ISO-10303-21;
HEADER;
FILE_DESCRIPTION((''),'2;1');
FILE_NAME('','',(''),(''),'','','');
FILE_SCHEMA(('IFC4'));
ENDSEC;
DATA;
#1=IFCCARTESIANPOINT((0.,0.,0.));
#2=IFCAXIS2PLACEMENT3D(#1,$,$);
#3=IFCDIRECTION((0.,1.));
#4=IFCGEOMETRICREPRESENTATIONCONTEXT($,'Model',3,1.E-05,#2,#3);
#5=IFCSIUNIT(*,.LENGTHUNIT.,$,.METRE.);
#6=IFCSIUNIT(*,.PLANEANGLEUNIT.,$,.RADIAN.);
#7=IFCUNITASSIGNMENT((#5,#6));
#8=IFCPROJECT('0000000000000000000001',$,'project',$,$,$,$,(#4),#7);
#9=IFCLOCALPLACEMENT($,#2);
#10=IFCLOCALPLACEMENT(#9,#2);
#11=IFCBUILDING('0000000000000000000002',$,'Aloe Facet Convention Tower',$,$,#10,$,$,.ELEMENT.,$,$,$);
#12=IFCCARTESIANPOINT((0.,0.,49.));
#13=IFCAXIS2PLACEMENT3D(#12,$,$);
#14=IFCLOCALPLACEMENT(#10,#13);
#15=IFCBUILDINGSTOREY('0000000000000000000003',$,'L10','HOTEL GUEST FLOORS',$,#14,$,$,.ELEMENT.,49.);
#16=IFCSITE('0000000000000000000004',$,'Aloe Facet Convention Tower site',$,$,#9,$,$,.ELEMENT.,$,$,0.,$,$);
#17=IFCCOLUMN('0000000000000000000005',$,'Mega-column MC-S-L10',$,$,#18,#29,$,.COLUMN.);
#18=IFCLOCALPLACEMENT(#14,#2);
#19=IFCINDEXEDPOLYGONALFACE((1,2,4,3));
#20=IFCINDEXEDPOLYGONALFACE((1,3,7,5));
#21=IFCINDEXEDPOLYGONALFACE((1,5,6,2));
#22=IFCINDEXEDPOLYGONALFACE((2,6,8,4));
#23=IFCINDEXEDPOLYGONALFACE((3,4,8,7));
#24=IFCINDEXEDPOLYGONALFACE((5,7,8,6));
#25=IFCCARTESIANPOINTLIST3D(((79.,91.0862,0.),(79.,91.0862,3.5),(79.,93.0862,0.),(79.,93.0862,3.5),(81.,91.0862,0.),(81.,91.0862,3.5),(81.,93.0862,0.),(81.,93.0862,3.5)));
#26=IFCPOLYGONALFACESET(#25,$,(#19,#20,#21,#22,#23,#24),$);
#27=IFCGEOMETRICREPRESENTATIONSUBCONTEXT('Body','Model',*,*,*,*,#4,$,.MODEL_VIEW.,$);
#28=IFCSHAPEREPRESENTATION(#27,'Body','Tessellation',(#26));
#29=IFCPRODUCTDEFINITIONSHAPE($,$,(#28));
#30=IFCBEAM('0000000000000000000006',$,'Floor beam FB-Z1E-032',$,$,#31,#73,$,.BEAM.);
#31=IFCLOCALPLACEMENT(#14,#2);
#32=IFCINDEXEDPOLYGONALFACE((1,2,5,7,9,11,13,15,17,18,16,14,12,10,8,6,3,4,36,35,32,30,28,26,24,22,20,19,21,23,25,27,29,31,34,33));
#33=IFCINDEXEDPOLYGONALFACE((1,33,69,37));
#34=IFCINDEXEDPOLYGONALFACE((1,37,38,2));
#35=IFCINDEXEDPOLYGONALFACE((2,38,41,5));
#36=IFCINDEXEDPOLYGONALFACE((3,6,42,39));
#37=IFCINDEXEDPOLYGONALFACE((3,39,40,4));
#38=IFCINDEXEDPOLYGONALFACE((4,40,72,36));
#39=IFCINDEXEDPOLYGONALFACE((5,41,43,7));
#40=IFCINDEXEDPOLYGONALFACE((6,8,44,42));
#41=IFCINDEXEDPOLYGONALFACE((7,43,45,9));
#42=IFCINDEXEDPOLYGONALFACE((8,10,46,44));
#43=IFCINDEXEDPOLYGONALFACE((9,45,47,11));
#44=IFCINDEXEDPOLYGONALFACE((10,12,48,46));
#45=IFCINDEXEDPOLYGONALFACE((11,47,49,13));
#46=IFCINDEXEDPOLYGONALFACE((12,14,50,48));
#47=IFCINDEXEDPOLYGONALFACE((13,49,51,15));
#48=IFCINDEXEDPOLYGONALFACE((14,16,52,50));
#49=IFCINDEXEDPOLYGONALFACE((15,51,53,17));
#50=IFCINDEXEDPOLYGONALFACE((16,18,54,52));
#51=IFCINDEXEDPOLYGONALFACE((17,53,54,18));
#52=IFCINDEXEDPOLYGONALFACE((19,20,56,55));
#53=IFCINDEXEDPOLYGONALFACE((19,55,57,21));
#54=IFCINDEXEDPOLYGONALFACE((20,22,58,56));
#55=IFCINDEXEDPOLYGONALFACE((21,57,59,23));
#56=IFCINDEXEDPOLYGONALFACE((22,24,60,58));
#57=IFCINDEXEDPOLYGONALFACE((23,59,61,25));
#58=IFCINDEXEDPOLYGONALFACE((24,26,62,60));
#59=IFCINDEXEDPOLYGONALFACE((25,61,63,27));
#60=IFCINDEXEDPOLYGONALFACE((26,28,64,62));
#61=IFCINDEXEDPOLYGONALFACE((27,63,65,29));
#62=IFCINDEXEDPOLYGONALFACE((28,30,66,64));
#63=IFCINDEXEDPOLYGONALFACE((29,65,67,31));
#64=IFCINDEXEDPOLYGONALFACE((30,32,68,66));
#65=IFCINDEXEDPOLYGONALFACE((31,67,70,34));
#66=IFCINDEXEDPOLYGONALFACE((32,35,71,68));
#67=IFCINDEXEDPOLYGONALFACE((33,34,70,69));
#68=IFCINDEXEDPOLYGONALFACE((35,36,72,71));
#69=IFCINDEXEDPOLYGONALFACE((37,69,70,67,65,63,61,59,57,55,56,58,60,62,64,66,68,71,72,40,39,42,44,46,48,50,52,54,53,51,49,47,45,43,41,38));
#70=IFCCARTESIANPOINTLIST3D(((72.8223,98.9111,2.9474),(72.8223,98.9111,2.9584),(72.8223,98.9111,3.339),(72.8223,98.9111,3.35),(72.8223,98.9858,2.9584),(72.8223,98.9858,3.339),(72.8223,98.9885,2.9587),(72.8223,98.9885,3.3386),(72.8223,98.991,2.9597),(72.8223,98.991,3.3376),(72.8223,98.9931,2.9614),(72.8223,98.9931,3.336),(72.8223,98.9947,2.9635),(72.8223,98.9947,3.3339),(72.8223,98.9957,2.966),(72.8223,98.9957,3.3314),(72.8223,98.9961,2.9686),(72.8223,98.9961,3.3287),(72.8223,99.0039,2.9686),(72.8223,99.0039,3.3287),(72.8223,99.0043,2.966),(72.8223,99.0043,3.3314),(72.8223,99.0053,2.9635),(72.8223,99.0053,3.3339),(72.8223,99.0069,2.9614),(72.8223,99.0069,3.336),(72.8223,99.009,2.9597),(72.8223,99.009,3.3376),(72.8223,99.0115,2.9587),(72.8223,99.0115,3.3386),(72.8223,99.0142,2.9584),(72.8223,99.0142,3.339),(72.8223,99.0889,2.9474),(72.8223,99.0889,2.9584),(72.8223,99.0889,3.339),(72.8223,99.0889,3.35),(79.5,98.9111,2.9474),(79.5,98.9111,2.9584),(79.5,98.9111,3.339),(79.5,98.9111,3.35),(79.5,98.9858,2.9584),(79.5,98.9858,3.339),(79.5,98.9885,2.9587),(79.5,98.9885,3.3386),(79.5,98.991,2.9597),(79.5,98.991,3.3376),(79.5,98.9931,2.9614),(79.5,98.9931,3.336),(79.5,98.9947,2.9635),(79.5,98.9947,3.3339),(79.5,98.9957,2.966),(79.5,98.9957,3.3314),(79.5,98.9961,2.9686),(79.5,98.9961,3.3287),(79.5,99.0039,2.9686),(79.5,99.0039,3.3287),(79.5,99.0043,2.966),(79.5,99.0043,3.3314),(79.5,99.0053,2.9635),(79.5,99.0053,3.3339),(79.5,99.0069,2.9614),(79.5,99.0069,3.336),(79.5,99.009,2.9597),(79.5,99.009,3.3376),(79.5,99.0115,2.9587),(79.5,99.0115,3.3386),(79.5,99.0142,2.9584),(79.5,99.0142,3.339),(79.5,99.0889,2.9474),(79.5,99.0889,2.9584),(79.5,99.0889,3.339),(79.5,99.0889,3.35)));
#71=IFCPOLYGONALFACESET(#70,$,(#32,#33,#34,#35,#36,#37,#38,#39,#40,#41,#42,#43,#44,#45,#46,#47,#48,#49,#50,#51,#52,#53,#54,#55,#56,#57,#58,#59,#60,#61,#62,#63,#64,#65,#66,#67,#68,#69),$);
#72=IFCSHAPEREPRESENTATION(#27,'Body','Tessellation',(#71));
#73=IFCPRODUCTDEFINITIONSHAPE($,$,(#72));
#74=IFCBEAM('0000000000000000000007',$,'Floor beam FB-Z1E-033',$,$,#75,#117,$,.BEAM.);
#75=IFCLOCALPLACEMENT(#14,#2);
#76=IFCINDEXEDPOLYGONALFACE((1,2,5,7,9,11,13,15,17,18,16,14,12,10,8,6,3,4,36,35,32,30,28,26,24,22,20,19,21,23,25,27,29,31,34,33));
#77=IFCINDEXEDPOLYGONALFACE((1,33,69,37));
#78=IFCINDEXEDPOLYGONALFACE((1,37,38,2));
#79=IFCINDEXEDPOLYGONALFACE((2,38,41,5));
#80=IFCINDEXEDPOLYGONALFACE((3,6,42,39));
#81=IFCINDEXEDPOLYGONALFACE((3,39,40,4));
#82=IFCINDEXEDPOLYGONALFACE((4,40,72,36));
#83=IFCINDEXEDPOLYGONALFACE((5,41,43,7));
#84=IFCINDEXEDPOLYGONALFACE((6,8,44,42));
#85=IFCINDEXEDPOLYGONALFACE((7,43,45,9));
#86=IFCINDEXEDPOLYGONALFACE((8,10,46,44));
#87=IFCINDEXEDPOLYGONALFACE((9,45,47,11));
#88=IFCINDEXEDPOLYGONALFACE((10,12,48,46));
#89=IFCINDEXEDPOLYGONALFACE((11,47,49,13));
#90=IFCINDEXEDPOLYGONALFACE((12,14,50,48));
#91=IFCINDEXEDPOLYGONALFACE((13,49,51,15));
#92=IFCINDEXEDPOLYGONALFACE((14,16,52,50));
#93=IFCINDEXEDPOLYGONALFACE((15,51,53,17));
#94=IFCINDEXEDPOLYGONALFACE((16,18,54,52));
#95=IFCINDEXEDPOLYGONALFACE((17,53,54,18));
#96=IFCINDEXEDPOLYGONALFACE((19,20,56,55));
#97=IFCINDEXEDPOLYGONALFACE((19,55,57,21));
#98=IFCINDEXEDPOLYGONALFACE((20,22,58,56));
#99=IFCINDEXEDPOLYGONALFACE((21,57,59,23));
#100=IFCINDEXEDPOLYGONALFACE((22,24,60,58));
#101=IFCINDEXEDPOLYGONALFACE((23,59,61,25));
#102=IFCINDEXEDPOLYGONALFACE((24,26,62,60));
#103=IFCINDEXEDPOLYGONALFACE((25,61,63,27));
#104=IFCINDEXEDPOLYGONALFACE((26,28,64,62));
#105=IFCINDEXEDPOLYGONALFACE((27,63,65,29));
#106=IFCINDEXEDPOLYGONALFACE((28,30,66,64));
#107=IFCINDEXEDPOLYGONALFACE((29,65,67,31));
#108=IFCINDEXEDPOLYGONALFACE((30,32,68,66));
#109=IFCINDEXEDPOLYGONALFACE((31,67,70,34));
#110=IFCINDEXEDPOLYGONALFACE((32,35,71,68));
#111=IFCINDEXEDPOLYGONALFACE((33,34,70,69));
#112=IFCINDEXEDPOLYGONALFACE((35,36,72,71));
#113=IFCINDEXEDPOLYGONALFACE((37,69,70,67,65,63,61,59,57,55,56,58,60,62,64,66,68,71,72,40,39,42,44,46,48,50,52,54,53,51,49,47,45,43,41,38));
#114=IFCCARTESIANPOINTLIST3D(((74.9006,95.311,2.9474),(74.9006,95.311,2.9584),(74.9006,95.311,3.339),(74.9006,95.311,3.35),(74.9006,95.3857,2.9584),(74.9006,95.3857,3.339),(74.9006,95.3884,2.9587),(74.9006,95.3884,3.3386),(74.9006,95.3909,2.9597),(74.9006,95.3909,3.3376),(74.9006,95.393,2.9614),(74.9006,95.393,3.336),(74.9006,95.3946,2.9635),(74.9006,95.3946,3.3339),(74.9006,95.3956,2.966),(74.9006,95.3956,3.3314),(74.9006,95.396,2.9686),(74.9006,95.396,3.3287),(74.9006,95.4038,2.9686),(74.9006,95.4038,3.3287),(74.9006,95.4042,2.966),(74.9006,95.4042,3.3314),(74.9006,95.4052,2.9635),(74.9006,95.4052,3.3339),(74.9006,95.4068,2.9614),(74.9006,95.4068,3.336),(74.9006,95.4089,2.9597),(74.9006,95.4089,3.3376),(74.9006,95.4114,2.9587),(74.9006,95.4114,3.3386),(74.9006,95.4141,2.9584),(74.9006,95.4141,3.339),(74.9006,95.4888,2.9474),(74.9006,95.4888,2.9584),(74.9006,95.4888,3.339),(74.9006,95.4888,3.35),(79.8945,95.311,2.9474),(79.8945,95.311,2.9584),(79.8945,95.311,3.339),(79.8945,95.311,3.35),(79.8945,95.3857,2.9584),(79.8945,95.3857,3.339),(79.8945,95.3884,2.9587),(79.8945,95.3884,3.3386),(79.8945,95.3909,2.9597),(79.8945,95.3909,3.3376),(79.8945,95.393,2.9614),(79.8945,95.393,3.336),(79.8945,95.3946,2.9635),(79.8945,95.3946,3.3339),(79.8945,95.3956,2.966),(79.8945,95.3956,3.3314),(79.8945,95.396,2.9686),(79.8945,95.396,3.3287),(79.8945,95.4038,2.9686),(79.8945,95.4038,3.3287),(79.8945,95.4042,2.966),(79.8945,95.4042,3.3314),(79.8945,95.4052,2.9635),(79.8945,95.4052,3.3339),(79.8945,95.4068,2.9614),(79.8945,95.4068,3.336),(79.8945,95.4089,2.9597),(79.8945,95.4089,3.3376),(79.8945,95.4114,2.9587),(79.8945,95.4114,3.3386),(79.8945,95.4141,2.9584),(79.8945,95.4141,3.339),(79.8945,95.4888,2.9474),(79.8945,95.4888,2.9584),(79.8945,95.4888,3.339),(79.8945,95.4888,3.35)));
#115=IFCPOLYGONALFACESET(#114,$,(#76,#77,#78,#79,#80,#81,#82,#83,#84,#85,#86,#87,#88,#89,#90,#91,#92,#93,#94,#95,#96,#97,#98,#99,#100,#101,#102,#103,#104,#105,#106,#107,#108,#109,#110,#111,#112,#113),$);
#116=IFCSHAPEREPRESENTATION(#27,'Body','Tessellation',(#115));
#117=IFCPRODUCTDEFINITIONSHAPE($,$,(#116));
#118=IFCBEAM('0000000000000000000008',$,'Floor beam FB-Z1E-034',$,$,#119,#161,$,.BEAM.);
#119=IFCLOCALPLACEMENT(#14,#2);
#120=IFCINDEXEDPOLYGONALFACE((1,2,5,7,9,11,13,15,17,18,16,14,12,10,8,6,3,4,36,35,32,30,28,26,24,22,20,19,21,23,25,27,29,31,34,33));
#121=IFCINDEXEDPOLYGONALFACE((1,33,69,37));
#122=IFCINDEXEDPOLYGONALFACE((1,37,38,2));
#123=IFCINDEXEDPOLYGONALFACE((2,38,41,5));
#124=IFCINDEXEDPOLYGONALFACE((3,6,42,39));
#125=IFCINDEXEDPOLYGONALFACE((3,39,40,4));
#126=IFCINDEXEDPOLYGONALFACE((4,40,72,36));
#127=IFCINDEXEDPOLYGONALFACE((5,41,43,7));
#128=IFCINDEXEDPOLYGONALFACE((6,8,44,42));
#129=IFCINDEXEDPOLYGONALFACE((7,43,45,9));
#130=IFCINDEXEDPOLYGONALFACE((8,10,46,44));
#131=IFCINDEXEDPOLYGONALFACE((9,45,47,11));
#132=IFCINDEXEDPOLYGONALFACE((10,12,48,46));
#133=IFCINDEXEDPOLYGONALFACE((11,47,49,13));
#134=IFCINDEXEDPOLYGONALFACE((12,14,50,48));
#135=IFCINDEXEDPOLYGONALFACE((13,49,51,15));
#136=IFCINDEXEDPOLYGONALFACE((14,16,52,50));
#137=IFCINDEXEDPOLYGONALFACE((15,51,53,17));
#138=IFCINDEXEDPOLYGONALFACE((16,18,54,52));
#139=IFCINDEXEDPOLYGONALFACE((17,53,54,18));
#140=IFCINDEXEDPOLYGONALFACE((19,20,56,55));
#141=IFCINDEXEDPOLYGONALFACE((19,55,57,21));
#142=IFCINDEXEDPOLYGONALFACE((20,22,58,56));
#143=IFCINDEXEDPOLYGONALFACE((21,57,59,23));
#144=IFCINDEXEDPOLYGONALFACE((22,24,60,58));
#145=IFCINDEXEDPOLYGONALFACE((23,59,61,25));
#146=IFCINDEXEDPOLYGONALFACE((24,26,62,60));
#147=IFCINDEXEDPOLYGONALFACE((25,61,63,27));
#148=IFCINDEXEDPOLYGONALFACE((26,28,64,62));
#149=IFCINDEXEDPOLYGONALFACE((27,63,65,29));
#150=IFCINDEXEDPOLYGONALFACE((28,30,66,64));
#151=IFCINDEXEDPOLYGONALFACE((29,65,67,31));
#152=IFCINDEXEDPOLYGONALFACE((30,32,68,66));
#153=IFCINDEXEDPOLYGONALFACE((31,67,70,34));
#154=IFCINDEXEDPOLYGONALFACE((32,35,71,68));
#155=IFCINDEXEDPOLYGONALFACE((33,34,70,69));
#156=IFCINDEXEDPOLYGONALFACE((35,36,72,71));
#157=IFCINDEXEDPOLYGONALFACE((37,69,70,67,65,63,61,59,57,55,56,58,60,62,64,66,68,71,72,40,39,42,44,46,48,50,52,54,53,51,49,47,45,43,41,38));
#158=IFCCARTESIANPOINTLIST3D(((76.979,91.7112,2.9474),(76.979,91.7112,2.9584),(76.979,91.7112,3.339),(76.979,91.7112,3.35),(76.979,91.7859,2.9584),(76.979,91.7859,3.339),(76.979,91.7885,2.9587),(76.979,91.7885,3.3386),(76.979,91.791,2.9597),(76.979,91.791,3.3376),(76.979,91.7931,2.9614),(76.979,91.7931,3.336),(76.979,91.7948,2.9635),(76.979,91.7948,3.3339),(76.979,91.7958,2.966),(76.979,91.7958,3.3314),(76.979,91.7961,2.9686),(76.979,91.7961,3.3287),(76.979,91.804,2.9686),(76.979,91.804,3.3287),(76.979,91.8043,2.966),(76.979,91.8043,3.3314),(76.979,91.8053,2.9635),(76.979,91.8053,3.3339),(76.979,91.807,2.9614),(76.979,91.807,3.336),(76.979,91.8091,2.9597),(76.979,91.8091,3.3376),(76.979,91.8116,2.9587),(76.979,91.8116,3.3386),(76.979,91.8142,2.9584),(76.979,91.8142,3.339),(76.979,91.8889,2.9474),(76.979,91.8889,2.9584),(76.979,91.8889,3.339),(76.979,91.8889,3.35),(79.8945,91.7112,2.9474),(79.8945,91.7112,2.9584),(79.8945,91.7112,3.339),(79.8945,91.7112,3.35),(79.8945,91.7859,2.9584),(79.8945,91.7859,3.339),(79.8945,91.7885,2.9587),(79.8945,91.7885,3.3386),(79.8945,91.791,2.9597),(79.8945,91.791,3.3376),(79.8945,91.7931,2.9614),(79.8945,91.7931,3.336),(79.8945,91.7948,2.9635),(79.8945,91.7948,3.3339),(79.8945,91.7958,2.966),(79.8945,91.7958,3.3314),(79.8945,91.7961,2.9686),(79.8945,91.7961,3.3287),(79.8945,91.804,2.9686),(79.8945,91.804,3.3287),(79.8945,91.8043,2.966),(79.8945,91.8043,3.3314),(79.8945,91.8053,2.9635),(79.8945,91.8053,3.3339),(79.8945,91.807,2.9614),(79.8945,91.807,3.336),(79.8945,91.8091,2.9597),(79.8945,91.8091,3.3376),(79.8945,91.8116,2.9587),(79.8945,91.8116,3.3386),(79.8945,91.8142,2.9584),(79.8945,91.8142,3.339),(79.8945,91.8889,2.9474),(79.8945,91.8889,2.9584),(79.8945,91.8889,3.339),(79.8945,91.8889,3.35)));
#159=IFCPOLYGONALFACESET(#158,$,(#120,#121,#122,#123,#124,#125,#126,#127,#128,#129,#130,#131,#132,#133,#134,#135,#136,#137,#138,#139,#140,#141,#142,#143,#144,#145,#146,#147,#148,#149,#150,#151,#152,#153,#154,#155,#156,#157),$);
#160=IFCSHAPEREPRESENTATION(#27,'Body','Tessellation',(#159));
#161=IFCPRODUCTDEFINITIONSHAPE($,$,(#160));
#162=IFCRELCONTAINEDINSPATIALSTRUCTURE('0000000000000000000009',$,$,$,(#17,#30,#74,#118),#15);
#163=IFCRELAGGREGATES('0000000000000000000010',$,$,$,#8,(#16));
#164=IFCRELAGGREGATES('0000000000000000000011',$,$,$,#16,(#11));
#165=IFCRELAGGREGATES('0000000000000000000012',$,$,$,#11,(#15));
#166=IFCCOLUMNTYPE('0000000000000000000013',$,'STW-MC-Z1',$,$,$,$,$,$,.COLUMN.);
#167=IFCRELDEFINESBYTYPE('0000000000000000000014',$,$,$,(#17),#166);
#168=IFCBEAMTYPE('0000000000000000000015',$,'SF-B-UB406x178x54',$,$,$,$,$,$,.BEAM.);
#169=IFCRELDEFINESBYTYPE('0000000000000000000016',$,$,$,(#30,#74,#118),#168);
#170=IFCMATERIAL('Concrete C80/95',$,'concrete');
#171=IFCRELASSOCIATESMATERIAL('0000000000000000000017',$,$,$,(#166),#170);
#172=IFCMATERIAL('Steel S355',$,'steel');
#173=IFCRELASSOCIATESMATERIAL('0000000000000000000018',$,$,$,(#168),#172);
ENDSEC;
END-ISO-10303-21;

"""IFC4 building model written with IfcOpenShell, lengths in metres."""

from ifc_helpers import new_model, si_unit, direction, frame, origin, origin_2d, place, context, subcontext, project, spatial, rectangle, i_section, extrude, material, material_profile, profile_set, type_object, element, save


model = new_model("IFC4")

# Units and contexts
model_context = context("Model", 3, precision=1e-05, world=origin(), true_north=direction((0.0, 1.0)))
body_context = subcontext(model_context, "Body", "Model", "MODEL_VIEW")
ifc_project = project(units=[si_unit("LENGTHUNIT", "METRE"), si_unit("PLANEANGLEUNIT", "RADIAN")], contexts=[model_context])

# Site, building, storey
site_placement = place(None, origin())
site = spatial("IfcSite", under=ifc_project, at=site_placement, Name="Aloe Facet Convention Tower site", CompositionType="ELEMENT", RefElevation=0.0)
building_placement = place(site_placement, origin())
building = spatial("IfcBuilding", under=site, at=building_placement, Name="Aloe Facet Convention Tower", CompositionType="ELEMENT")
storey_placement = place(building_placement, frame((0.0, 0.0, 49.0)))
storey = spatial("IfcBuildingStorey", under=building, at=storey_placement, Name="L10", Description="HOTEL GUEST FLOORS", CompositionType="ELEMENT", Elevation=49.0)

# Column
ifc_material_1 = material(Name="Concrete C80/95", Category="concrete")
ifc_material_profile_1 = material_profile(ifc_material_1, rectangle(XDim=2.0, YDim=2.0, at=origin_2d()), Name="STW-MC-Z1")
ifc_profile_set_1 = profile_set([ifc_material_profile_1], Name="Concrete C80/95")
column_type = type_object("IfcColumnType", Name="STW-MC-Z1", PredefinedType="COLUMN", material=ifc_profile_set_1)
column_placement = place(storey_placement, frame((80.0, 92.0862, 0.0), z_axis=(0.0, 0.0, 1.0), x_axis=(1.0, 0.0, 0.0)))
element("IfcColumn", 1, at=column_placement, inside=storey, type_object=column_type, Name="Mega-column MC-S-L10", PredefinedType="COLUMN", context=body_context, shape_type="SweptSolid", body=[
    extrude(rectangle(XDim=2.0, YDim=2.0, at=origin_2d()), origin(), (0.0, 0.0, 1.0), 3.5),
])

# Beams
ifc_material_2 = material(Name="Steel S355", Category="steel")
ifc_material_profile_2 = material_profile(ifc_material_2, i_section(OverallWidth=0.1777, OverallDepth=0.4026, WebThickness=0.0078, FlangeThickness=0.011, FilletRadius=0.0103, at=origin_2d()), Name="UB 406x178x54")
ifc_profile_set_2 = profile_set([ifc_material_profile_2], Name="Steel S355")
beam_type_1 = type_object("IfcBeamType", Name="SF-B-UB406x178x54", PredefinedType="BEAM", material=ifc_profile_set_2)
beam_1_placement = place(storey_placement, frame((72.8223, 99.0, 3.1487), z_axis=(1.0, 0.0, 0.0), x_axis=(0.0, 1.0, 0.0)))
element("IfcBeam", 2, at=beam_1_placement, inside=storey, type_object=beam_type_1, Name="Floor beam FB-Z1E-032", PredefinedType="BEAM", context=body_context, shape_type="SweptSolid", body=[
    extrude(i_section(OverallWidth=0.1777, OverallDepth=0.4026, WebThickness=0.0078, FlangeThickness=0.011, FilletRadius=0.0103, at=origin_2d()), origin(), (0.0, 0.0, 1.0), 6.6777),
])
beam_2_placement = place(storey_placement, frame((74.9006, 95.3999, 3.1487), z_axis=(1.0, 0.0, 0.0), x_axis=(0.0, 1.0, 0.0)))
element("IfcBeam", 3, at=beam_2_placement, inside=storey, type_object=beam_type_1, Name="Floor beam FB-Z1E-033", PredefinedType="BEAM", context=body_context, shape_type="SweptSolid", body=[
    extrude(i_section(OverallWidth=0.1777, OverallDepth=0.4026, WebThickness=0.0078, FlangeThickness=0.011, FilletRadius=0.0103, at=origin_2d()), origin(), (0.0, 0.0, 1.0), 4.9939),
])
for number, where, z_axis, x_axis, name in (
    (4, (76.979, 91.8, 3.1487), (1.0, 0.0, 0.0), (0.0, 1.0, 0.0), "Floor beam FB-Z1E-034"),
):
    element("IfcBeam", number, at=place(storey_placement, frame(where, z_axis=z_axis, x_axis=x_axis)), inside=storey, type_object=beam_type_1, Name=name, PredefinedType="BEAM", context=body_context, shape_type="SweptSolid", body=[
        extrude(i_section(OverallWidth=0.1777, OverallDepth=0.4026, WebThickness=0.0078, FlangeThickness=0.011, FilletRadius=0.0103, at=origin_2d()), origin(), (0.0, 0.0, 1.0), 2.9155),
    ])

save(model, "model.ifc")
